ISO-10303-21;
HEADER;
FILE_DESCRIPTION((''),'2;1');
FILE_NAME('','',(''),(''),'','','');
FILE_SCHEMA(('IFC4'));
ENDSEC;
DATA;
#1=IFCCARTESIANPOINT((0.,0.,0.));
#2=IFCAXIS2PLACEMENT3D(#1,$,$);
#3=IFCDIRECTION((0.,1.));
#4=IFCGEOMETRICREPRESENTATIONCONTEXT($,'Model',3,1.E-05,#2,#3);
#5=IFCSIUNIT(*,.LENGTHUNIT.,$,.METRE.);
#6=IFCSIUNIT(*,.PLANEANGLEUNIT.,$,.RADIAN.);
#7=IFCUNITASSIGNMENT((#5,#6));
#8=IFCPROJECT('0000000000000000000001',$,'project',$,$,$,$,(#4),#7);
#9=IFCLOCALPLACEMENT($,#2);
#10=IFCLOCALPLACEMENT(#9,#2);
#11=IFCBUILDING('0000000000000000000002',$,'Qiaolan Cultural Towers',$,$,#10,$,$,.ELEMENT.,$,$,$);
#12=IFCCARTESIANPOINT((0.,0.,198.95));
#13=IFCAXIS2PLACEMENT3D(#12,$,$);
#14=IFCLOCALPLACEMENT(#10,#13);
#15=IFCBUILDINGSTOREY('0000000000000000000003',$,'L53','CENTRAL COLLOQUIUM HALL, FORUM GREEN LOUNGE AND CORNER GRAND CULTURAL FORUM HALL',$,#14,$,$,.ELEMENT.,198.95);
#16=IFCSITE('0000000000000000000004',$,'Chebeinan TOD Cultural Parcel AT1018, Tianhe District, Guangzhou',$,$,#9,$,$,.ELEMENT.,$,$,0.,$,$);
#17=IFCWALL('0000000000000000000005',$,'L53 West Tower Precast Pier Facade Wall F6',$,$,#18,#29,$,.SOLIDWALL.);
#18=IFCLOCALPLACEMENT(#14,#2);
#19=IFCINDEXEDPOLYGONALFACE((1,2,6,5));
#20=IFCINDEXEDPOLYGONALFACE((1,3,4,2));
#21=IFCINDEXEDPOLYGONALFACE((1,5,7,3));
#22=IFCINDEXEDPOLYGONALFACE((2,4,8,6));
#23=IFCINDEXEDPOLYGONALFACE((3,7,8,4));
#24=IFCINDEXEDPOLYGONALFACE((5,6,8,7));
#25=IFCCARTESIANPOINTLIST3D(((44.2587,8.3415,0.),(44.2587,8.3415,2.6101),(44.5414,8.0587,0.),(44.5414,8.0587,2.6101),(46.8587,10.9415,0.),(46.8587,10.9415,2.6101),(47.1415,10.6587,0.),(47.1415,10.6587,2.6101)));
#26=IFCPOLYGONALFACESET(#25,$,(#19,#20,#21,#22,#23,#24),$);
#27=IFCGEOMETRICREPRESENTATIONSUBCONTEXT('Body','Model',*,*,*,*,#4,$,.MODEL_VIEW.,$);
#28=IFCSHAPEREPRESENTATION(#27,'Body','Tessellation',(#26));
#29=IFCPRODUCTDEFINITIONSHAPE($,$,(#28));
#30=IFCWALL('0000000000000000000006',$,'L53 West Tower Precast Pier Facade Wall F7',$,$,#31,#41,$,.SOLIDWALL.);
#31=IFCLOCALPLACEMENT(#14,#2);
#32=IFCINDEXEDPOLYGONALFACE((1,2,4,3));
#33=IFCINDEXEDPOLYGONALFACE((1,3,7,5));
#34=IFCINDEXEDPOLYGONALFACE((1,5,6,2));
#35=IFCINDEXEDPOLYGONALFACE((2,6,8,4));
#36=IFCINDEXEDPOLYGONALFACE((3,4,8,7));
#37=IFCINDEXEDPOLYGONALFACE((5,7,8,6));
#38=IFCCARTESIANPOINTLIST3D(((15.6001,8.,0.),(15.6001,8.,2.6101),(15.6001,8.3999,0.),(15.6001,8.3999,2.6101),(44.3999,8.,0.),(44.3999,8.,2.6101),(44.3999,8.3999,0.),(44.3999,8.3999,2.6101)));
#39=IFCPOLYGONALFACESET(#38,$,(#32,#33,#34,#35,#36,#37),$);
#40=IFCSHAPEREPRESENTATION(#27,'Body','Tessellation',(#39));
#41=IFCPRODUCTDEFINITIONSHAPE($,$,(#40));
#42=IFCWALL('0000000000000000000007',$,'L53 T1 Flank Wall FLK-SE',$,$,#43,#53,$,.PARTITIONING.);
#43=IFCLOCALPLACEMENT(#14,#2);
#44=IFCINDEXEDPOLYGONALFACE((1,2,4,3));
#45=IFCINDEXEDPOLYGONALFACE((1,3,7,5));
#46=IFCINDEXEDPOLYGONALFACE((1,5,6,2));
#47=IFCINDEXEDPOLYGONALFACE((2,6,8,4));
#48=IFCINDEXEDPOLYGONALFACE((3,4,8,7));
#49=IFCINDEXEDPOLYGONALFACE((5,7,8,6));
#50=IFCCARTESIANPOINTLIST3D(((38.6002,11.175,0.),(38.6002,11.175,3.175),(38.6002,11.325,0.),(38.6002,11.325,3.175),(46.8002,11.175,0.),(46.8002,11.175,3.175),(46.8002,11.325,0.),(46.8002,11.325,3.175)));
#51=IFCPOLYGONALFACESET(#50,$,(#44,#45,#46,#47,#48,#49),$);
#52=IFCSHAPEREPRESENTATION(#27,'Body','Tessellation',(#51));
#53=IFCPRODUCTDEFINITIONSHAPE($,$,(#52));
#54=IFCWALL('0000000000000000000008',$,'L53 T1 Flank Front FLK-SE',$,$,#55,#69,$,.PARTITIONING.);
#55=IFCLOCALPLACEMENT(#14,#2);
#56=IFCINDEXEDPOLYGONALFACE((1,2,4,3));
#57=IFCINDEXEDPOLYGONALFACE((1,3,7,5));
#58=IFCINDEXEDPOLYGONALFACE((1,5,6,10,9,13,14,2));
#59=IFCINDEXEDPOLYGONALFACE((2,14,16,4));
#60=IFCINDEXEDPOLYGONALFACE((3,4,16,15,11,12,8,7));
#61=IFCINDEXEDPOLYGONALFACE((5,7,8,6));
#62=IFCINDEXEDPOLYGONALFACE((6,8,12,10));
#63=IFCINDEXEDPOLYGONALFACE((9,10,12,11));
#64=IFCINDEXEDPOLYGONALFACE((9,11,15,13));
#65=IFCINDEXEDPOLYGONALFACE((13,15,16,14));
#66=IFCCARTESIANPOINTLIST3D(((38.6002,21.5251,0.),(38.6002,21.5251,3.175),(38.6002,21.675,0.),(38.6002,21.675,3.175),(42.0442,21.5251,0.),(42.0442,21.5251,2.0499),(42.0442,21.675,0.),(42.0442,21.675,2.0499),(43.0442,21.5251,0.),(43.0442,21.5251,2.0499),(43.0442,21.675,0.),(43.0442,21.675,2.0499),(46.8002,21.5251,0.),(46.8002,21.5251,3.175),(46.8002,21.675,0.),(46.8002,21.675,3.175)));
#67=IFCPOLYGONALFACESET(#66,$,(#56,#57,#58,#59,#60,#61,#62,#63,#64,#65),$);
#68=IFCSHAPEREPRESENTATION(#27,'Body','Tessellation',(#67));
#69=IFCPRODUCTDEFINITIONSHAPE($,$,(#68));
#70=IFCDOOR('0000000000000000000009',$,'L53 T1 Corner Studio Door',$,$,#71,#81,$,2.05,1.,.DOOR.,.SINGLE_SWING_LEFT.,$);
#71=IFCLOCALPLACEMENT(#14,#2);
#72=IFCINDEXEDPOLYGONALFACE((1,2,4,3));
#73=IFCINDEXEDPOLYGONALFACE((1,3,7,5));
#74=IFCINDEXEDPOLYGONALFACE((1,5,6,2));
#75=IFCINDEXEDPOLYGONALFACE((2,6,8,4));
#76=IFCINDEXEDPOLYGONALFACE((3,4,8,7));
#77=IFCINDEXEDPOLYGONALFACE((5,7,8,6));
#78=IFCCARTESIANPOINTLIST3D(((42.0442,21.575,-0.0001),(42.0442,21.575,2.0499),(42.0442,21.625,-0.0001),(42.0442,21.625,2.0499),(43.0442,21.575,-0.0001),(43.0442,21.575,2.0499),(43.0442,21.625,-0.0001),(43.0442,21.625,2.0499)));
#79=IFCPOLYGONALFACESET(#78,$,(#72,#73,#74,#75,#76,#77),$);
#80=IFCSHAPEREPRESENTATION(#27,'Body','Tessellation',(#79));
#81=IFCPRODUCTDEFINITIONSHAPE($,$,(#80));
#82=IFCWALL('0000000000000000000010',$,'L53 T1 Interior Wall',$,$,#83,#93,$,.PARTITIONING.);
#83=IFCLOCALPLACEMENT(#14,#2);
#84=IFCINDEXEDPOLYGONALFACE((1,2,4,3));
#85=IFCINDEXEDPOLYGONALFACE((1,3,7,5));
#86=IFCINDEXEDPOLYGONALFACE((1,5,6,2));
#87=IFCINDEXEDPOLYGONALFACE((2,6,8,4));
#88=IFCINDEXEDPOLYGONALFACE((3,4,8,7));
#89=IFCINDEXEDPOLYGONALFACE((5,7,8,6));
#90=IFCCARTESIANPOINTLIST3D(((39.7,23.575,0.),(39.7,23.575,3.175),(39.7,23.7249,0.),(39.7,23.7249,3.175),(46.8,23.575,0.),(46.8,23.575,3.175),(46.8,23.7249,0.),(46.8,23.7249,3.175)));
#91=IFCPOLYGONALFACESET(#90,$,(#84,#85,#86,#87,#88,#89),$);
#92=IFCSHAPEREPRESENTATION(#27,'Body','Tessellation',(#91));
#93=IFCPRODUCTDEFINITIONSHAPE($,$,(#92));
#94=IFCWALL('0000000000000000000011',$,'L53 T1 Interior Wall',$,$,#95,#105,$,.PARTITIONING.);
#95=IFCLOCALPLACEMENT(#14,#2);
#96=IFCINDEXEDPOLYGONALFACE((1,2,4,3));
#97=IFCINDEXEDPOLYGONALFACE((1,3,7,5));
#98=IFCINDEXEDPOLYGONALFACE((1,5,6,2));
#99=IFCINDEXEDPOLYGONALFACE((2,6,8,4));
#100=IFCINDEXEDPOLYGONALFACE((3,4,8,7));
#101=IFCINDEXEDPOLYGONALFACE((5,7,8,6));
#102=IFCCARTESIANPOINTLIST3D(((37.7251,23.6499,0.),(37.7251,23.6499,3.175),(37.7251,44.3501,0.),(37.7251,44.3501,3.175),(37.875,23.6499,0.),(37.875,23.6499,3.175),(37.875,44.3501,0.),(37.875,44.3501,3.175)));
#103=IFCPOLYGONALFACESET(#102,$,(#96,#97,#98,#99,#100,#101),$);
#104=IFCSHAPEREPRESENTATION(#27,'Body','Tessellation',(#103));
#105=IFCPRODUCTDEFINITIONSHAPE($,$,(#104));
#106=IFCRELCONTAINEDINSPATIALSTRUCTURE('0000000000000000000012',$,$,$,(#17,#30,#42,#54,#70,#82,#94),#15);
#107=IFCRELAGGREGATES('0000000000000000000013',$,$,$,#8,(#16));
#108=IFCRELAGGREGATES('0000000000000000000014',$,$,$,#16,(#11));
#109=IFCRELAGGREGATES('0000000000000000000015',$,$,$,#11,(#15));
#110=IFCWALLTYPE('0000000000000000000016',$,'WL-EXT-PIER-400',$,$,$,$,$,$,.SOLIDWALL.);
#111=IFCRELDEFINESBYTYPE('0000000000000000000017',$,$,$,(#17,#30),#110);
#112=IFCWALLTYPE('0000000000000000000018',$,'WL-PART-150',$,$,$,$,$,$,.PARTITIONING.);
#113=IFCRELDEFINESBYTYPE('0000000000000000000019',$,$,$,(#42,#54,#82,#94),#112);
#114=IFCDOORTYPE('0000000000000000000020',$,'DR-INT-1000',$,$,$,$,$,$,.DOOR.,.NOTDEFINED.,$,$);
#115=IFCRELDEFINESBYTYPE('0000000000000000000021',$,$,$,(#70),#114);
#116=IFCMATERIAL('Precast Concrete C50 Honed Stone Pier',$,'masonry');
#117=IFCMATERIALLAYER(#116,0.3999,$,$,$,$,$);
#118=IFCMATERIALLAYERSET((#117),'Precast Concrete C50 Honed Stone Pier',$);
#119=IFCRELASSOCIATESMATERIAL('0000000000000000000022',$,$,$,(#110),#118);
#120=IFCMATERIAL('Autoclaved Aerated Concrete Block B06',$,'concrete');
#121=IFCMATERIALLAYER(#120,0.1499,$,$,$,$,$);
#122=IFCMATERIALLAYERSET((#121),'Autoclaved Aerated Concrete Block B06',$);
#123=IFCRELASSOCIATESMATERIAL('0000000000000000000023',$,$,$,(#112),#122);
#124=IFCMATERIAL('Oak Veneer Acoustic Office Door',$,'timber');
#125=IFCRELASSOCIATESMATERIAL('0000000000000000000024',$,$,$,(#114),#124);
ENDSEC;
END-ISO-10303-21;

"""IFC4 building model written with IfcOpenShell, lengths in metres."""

from ifc_helpers import new_model, si_unit, direction, frame, frame_2d, origin, place, context, subcontext, project, spatial, rectangle, extrude, material, layer, layer_set, type_object, element, fill, save


model = new_model("IFC4")

# Units and contexts
model_context = context("Model", 3, precision=1e-05, world=origin(), true_north=direction((0.0, 1.0)))
body_context = subcontext(model_context, "Body", "Model", "MODEL_VIEW")
ifc_project = project(units=[si_unit("LENGTHUNIT", "METRE"), si_unit("PLANEANGLEUNIT", "RADIAN")], contexts=[model_context])

# Site, building, storey
site_placement = place(None, origin())
site = spatial("IfcSite", under=ifc_project, at=site_placement, Name="Chebeinan TOD Cultural Parcel AT1018, Tianhe District, Guangzhou", CompositionType="ELEMENT", RefElevation=0.0)
building_placement = place(site_placement, origin())
building = spatial("IfcBuilding", under=site, at=building_placement, Name="Qiaolan Cultural Towers", CompositionType="ELEMENT")
storey_placement = place(building_placement, frame((0.0, 0.0, 198.95)))
storey = spatial("IfcBuildingStorey", under=building, at=storey_placement, Name="L53", Description="CENTRAL COLLOQUIUM HALL, FORUM GREEN LOUNGE AND CORNER GRAND CULTURAL FORUM HALL", CompositionType="ELEMENT", Elevation=198.95)

# Walls
ifc_material_1 = material(Name="Precast Concrete C50 Honed Stone Pier", Category="masonry")
ifc_layer_1 = layer(ifc_material_1, 0.3999)
ifc_layer_set_1 = layer_set([ifc_layer_1], Name="Precast Concrete C50 Honed Stone Pier")
wall_type_1 = type_object("IfcWallType", Name="WL-EXT-PIER-400", PredefinedType="SOLIDWALL", material=ifc_layer_set_1)
wall_1_placement = place(storey_placement, frame((47.0, 10.8, 0.0), z_axis=(0.0, 0.0, 1.0), x_axis=(-0.707107, -0.707107, 0.0)))
element("IfcWall", 1, at=wall_1_placement, inside=storey, type_object=wall_type_1, Name="L53 West Tower Precast Pier Facade Wall F6", PredefinedType="SOLIDWALL", context=body_context, shape_type="SweptSolid", body=[
    extrude(rectangle(XDim=3.677, YDim=0.3999, at=frame_2d((1.8384, 0.0))), origin(), (0.0, 0.0, 1.0), 2.6101),
])
wall_2_placement = place(storey_placement, frame((44.3999, 8.2, 0.0), z_axis=(0.0, 0.0, 1.0), x_axis=(-1.0, 0.0, 0.0)))
element("IfcWall", 2, at=wall_2_placement, inside=storey, type_object=wall_type_1, Name="L53 West Tower Precast Pier Facade Wall F7", PredefinedType="SOLIDWALL", context=body_context, shape_type="SweptSolid", body=[
    extrude(rectangle(XDim=28.7998, YDim=0.3999, at=frame_2d((14.3999, 0.0))), origin(), (0.0, 0.0, 1.0), 2.6101),
])
ifc_material_2 = material(Name="Autoclaved Aerated Concrete Block B06", Category="concrete")
ifc_layer_2 = layer(ifc_material_2, 0.1499)
ifc_layer_set_2 = layer_set([ifc_layer_2], Name="Autoclaved Aerated Concrete Block B06")
wall_type_2 = type_object("IfcWallType", Name="WL-PART-150", PredefinedType="PARTITIONING", material=ifc_layer_set_2)
wall_3_placement = place(storey_placement, frame((38.6001, 11.25, 0.0), z_axis=(0.0, 0.0, 1.0), x_axis=(1.0, 0.0, 0.0)))
element("IfcWall", 3, at=wall_3_placement, inside=storey, type_object=wall_type_2, Name="L53 T1 Flank Wall FLK-SE", PredefinedType="PARTITIONING", context=body_context, shape_type="SweptSolid", body=[
    extrude(rectangle(XDim=8.2, YDim=0.1499, at=frame_2d((4.1001, 0.0))), origin(), (0.0, 0.0, 1.0), 3.175),
])

# Wall, opening, door
wall_4_placement = place(storey_placement, frame((38.6001, 21.6001, 0.0), z_axis=(0.0, 0.0, 1.0), x_axis=(1.0, 0.0, 0.0)))
wall_4 = element("IfcWall", 4, at=wall_4_placement, inside=storey, type_object=wall_type_2, Name="L53 T1 Flank Front FLK-SE", PredefinedType="PARTITIONING", context=body_context, shape_type="SweptSolid", body=[
    extrude(rectangle(XDim=8.2, YDim=0.1499, at=frame_2d((4.1001, 0.0))), origin(), (0.0, 0.0, 1.0), 3.175),
])
opening_1_placement = place(wall_4_placement, frame((3.4441, 0.0, 0.0)))
opening_1 = element("IfcOpeningElement", 5, at=opening_1_placement, cuts=wall_4, PredefinedType="OPENING", context=body_context, shape_type="SweptSolid", body=[
    extrude(rectangle(XDim=1.0, YDim=2.05, at=frame_2d((0.5, 1.0249))), frame((0.0, 0.085, 0.0), z_axis=(0.0, -1.0, 0.0), x_axis=(1.0, 0.0, 0.0)), (0.0, 0.0, 1.0), 0.1699),
])
ifc_material_3 = material(Name="Oak Veneer Acoustic Office Door", Category="timber")
door_type_1 = type_object("IfcDoorType", Name="DR-INT-1000", OperationType="NOTDEFINED", PredefinedType="DOOR", material=ifc_material_3)
door_1_placement = place(opening_1_placement, origin())
door_1 = element("IfcDoor", 6, at=door_1_placement, inside=storey, type_object=door_type_1, Name="L53 T1 Corner Studio Door", OperationType="SINGLE_SWING_LEFT", OverallHeight=2.05, OverallWidth=1.0, PredefinedType="DOOR", context=body_context, shape_type="SweptSolid", body=[
    extrude(rectangle(XDim=1.0, YDim=2.05, at=frame_2d((0.5, 1.0249))), frame((0.0, 0.0249, 0.0), z_axis=(0.0, -1.0, 0.0), x_axis=(1.0, 0.0, 0.0)), (0.0, 0.0, 1.0), 0.05),
])
fill(opening_1, door_1)

# Walls
wall_5_placement = place(storey_placement, frame((39.7, 23.6499, 0.0), z_axis=(0.0, 0.0, 1.0), x_axis=(1.0, 0.0, 0.0)))
element("IfcWall", 7, at=wall_5_placement, inside=storey, type_object=wall_type_2, Name="L53 T1 Interior Wall", PredefinedType="PARTITIONING", context=body_context, shape_type="SweptSolid", body=[
    extrude(rectangle(XDim=7.1001, YDim=0.1499, at=frame_2d((3.55, 0.0))), origin(), (0.0, 0.0, 1.0), 3.175),
])
wall_6_placement = place(storey_placement, frame((37.8, 23.6499, 0.0), z_axis=(0.0, 0.0, 1.0), x_axis=(0.0, 1.0, 0.0)))
element("IfcWall", 8, at=wall_6_placement, inside=storey, type_object=wall_type_2, Name="L53 T1 Interior Wall", PredefinedType="PARTITIONING", context=body_context, shape_type="SweptSolid", body=[
    extrude(rectangle(XDim=20.7002, YDim=0.1499, at=frame_2d((10.3501, 0.0))), origin(), (0.0, 0.0, 1.0), 3.175),
])

save(model, "model.ifc")
